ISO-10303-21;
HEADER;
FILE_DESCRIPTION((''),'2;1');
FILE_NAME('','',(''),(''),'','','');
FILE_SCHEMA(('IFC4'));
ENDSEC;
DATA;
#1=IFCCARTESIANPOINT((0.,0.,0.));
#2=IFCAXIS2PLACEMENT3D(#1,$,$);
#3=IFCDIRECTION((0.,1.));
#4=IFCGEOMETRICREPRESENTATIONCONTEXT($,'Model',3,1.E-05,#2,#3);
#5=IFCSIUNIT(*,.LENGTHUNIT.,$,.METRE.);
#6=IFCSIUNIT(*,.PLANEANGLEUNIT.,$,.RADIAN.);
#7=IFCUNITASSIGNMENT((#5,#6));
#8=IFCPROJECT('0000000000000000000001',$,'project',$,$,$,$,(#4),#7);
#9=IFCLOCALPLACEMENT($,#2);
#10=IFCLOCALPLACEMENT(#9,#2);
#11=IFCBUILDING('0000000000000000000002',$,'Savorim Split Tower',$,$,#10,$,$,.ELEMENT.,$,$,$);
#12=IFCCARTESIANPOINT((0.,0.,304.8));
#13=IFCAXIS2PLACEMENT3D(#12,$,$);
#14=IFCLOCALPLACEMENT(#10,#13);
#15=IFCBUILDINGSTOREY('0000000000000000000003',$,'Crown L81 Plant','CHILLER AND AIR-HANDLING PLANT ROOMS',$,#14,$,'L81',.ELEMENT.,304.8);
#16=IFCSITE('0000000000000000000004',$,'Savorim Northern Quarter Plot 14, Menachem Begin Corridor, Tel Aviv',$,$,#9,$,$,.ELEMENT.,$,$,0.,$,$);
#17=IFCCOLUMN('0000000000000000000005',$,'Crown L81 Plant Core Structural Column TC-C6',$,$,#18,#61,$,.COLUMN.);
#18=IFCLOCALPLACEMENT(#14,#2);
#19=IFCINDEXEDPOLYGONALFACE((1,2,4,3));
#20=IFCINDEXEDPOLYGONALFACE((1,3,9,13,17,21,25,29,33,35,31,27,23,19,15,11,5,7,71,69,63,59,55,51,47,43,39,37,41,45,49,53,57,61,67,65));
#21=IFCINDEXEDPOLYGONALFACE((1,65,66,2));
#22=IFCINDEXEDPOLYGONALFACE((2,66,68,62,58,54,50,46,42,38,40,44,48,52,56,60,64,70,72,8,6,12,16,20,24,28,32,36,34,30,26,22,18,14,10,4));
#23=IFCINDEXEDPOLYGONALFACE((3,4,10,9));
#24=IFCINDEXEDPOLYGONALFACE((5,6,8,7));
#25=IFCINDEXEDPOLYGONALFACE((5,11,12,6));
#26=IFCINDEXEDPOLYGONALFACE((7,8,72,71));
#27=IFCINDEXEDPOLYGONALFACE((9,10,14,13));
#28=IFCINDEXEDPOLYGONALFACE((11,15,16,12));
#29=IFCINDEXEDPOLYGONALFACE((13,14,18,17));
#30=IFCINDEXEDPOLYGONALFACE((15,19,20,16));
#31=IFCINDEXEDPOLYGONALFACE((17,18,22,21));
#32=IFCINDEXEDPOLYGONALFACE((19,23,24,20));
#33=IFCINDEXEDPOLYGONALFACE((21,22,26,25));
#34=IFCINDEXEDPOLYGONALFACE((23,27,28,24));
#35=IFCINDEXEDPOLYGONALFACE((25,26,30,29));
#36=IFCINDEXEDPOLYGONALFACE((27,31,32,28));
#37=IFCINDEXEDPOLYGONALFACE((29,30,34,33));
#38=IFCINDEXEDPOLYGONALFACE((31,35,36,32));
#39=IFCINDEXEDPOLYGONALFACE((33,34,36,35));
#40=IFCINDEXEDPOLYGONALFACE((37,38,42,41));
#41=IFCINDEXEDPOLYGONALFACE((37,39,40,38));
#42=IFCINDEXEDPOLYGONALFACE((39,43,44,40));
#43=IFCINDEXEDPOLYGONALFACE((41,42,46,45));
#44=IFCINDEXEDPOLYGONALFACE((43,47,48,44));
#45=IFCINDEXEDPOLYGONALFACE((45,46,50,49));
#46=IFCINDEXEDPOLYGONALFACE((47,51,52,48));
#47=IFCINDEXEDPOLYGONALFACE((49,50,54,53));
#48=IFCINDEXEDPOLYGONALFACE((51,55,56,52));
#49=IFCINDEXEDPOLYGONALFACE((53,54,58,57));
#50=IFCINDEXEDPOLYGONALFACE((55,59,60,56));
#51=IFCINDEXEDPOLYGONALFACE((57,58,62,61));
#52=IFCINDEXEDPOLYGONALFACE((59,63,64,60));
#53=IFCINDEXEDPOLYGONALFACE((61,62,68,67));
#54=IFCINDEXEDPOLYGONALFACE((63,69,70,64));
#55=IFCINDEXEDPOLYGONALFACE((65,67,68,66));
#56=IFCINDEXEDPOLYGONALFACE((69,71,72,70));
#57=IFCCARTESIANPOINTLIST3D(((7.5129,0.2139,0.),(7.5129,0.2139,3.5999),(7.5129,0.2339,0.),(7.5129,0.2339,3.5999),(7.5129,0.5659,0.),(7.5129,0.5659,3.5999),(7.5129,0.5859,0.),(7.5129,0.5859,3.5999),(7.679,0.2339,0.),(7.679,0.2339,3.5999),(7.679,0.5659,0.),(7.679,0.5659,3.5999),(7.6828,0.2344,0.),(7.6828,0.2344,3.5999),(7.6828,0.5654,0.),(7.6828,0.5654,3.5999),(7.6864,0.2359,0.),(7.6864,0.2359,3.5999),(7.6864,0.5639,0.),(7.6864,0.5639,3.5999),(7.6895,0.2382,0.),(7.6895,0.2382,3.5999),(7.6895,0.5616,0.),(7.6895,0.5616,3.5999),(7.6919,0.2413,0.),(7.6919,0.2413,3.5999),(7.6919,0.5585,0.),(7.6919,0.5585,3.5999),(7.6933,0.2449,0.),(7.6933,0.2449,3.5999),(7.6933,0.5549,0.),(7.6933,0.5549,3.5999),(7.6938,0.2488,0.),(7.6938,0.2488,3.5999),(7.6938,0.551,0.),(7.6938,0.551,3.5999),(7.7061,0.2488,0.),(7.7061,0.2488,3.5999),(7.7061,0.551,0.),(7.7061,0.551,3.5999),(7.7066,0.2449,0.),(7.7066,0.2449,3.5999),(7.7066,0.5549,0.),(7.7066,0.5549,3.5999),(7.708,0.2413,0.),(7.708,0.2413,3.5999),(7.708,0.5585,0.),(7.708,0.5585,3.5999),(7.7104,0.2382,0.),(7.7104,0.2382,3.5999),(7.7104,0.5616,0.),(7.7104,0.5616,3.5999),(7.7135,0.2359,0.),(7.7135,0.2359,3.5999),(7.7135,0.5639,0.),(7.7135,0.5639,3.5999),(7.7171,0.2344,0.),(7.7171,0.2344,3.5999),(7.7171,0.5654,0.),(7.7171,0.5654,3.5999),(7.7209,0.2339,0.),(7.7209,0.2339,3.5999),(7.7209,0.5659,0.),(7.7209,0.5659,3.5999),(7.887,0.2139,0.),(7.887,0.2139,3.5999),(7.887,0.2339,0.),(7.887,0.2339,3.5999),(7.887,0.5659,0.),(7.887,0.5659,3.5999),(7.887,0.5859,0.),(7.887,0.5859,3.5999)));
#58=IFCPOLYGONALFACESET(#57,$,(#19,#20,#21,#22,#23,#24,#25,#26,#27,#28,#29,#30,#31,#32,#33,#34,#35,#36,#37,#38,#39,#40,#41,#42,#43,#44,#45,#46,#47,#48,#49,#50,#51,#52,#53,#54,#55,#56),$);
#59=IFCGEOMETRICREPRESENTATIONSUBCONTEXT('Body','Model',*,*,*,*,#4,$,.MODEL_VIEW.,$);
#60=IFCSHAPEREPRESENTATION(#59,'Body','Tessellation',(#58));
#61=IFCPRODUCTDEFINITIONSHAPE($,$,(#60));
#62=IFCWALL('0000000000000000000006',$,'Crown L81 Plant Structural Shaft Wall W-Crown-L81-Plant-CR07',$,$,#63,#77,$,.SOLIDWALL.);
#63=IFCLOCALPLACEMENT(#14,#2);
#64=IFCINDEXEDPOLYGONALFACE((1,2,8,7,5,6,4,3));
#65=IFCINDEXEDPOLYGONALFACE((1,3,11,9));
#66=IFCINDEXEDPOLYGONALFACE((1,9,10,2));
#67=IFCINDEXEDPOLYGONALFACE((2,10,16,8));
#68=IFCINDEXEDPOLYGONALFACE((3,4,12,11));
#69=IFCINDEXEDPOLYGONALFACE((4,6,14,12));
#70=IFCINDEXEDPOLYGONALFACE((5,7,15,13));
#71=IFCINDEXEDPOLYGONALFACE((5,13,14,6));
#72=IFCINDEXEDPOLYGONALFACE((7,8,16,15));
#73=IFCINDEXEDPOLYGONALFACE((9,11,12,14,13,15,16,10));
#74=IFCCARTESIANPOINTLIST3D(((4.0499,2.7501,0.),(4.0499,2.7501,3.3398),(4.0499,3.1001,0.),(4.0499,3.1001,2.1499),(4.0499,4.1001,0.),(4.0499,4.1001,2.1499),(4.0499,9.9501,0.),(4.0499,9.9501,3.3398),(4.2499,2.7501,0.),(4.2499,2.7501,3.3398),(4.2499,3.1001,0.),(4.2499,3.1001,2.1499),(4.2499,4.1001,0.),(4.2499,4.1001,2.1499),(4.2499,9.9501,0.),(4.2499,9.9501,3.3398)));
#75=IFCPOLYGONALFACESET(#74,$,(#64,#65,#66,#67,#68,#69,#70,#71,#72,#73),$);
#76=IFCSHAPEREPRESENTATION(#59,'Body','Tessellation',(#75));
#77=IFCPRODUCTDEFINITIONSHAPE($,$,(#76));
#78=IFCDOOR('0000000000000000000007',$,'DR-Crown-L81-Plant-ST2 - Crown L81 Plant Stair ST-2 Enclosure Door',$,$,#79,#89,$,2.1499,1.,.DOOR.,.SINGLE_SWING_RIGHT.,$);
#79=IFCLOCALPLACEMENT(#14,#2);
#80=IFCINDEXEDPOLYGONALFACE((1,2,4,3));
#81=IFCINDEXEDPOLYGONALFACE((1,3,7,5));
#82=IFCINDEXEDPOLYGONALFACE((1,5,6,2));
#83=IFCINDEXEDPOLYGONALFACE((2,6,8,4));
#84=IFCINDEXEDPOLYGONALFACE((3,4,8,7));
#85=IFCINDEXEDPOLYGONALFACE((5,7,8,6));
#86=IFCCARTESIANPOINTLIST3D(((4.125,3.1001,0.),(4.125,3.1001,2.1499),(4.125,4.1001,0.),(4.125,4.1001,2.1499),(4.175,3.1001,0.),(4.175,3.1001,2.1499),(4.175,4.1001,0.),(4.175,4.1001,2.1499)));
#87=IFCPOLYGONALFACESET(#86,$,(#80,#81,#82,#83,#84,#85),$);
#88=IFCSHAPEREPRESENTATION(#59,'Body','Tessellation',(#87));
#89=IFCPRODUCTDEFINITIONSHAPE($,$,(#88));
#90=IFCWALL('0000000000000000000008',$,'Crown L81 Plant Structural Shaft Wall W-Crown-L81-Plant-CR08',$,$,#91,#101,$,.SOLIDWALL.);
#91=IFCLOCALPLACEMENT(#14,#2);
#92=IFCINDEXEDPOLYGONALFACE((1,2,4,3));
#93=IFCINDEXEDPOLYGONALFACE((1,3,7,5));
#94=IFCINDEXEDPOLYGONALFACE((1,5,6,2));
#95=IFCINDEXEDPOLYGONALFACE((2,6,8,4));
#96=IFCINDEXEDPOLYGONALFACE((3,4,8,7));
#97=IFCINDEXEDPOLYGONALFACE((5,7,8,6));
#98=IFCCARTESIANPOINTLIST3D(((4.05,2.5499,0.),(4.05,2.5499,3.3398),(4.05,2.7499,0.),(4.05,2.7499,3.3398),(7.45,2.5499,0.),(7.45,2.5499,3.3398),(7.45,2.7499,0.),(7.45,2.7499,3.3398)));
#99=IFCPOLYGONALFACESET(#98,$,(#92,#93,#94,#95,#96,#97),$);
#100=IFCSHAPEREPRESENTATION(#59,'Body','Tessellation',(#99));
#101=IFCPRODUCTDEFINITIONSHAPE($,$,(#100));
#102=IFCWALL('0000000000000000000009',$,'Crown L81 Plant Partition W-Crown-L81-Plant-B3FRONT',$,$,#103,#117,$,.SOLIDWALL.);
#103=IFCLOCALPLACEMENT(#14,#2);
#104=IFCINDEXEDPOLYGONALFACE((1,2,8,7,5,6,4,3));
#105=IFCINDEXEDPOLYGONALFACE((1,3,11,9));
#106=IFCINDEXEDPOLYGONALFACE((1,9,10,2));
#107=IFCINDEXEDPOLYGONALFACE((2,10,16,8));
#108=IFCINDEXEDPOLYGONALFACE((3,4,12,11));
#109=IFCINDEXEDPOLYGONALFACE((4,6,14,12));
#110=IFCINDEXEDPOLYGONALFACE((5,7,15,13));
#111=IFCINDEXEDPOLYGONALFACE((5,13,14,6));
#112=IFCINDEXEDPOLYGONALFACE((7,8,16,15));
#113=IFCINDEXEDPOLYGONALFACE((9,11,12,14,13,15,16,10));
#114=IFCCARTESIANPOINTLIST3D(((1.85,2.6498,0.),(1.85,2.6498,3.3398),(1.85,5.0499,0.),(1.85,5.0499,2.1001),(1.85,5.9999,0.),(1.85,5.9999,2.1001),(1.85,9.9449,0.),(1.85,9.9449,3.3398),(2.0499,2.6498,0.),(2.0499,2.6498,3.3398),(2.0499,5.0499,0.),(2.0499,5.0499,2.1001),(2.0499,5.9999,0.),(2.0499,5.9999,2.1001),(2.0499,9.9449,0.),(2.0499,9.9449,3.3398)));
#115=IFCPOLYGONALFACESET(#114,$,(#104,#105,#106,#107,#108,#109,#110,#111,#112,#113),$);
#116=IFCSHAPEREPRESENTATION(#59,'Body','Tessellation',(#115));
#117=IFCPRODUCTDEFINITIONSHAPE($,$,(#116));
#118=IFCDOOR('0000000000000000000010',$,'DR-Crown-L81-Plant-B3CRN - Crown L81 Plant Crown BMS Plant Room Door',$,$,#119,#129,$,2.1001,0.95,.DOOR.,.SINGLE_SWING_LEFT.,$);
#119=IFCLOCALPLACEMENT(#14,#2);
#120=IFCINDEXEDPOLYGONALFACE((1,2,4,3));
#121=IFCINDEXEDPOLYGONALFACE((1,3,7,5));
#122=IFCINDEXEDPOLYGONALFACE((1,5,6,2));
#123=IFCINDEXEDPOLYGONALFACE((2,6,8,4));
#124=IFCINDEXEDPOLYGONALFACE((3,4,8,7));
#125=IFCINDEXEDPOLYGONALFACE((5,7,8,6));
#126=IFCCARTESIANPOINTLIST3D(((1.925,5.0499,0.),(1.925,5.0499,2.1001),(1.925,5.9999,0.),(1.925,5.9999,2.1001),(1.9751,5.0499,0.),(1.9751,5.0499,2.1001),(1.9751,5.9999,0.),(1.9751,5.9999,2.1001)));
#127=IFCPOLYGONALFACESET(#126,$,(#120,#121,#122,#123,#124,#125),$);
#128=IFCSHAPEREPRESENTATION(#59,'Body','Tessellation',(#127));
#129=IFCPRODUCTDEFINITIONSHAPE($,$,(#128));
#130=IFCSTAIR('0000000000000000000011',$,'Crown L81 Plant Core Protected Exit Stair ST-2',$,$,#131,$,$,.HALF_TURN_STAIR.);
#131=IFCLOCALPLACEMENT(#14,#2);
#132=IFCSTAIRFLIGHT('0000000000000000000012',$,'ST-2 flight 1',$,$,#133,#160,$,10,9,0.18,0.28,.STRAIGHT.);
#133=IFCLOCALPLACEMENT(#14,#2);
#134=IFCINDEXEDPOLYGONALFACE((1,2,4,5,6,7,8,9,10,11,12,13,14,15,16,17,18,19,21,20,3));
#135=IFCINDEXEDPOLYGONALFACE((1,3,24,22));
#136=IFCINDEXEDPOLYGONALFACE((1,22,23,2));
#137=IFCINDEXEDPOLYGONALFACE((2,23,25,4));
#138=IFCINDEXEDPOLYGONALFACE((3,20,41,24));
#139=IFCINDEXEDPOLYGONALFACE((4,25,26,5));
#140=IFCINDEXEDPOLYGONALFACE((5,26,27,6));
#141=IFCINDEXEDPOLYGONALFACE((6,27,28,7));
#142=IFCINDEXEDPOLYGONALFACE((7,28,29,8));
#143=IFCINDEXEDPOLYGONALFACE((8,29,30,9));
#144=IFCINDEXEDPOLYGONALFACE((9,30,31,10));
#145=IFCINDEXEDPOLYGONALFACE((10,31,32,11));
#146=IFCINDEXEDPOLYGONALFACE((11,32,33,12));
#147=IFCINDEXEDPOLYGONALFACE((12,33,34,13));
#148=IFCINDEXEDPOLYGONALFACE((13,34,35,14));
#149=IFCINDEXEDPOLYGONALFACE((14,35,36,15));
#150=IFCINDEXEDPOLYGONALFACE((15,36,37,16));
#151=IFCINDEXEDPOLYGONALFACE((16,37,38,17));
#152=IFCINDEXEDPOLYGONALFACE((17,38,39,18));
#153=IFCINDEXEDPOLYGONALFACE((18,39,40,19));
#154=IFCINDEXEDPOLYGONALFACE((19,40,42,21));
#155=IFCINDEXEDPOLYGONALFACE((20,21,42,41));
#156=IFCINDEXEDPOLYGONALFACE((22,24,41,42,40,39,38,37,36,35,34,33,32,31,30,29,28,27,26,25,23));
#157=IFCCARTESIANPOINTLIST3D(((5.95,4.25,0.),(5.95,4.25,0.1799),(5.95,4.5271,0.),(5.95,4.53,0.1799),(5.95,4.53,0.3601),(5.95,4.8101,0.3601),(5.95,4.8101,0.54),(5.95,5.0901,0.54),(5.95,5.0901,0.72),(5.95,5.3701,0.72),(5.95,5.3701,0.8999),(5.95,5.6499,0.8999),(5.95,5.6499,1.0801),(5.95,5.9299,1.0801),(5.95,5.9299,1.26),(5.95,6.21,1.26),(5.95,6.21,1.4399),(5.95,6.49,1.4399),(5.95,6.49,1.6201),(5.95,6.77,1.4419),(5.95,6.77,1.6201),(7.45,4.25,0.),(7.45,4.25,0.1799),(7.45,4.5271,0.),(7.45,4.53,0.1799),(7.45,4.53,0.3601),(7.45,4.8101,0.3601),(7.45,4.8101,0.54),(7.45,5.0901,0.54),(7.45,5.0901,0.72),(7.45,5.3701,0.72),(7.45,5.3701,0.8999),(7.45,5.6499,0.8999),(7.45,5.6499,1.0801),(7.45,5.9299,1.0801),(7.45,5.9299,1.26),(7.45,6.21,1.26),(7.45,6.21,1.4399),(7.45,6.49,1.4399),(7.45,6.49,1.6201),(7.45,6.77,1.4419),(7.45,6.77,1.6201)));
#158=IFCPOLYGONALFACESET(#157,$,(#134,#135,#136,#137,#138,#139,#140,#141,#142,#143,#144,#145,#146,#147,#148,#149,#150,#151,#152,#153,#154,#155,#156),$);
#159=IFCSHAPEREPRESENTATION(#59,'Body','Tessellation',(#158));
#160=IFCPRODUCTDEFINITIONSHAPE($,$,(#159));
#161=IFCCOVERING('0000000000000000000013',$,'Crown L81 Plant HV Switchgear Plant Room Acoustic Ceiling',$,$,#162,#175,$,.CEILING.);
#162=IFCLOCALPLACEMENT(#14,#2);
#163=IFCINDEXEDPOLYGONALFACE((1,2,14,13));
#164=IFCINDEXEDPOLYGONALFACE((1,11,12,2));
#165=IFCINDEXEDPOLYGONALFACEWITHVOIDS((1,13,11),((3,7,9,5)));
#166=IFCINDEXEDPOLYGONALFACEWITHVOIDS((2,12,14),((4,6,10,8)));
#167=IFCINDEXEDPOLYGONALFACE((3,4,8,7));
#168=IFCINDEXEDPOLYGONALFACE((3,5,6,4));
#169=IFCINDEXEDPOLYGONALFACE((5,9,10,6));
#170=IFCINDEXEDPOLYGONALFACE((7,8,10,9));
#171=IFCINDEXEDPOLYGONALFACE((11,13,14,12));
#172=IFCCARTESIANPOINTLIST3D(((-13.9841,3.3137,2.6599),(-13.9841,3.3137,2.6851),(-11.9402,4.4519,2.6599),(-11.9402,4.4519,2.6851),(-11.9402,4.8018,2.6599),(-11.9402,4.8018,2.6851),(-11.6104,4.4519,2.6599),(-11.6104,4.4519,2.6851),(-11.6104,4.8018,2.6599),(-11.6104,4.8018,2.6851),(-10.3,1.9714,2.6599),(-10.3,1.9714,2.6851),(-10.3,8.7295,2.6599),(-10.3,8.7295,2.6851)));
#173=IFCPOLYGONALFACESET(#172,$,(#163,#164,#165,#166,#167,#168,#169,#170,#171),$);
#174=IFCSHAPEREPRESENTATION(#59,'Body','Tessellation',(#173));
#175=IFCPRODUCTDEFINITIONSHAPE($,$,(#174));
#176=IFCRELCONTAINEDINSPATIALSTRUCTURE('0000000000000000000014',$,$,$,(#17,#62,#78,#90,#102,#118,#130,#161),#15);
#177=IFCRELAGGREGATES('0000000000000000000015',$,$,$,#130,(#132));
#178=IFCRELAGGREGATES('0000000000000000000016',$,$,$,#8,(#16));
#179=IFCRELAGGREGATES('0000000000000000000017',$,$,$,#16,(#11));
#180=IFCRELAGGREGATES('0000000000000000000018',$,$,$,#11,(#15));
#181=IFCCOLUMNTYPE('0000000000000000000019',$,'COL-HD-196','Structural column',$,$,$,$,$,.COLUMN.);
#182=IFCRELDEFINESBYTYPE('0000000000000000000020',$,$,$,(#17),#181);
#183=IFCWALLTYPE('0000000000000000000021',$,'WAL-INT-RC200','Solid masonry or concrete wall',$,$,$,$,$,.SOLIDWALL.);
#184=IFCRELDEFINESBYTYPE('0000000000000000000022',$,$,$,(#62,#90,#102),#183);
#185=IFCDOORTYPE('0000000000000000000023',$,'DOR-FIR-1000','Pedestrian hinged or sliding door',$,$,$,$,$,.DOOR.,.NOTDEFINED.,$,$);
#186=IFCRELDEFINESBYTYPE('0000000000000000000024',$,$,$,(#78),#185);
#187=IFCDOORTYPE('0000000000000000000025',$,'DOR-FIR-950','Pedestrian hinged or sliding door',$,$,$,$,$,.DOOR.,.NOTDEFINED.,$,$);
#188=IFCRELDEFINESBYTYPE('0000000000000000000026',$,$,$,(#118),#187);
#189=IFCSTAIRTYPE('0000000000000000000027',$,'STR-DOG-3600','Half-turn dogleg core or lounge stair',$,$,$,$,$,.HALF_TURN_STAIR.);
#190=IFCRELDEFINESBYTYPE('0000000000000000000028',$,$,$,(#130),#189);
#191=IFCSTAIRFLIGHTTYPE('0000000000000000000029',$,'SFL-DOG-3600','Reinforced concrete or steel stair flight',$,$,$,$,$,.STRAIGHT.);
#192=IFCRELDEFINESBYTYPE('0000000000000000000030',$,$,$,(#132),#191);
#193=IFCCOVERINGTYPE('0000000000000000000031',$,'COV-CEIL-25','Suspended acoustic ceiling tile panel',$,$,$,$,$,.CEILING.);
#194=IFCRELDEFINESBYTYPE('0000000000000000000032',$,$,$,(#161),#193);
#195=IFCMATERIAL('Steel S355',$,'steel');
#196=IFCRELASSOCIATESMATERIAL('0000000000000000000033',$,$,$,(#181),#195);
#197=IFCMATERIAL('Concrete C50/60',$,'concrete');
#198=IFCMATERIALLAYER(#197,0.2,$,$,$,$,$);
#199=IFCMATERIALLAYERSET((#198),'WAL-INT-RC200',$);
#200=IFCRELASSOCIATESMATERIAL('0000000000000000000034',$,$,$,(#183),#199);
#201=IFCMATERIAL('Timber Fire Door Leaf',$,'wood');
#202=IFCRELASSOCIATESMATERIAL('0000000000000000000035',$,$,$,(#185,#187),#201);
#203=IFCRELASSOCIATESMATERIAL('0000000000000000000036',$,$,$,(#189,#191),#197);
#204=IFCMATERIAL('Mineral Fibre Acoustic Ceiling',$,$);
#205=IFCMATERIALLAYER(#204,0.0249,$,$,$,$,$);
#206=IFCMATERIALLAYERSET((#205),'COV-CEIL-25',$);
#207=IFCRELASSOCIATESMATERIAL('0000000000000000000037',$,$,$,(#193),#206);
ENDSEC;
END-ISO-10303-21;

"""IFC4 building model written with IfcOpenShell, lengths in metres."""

from ifc_helpers import new_model, si_unit, direction, frame, frame_2d, origin, origin_2d, place, context, subcontext, project, spatial, polyline, rectangle, i_section, outline, extrude, material, layer, layer_set, material_profile, profile_set, type_object, element, fill, aggregate, save


model = new_model("IFC4")

# Units and contexts
model_context = context("Model", 3, precision=1e-05, world=origin(), true_north=direction((0.0, 1.0)))
body_context = subcontext(model_context, "Body", "Model", "MODEL_VIEW")
ifc_project = project(units=[si_unit("LENGTHUNIT", "METRE"), si_unit("PLANEANGLEUNIT", "RADIAN")], contexts=[model_context])

# Site, building, storey
site_placement = place(None, origin())
site = spatial("IfcSite", under=ifc_project, at=site_placement, Name="Savorim Northern Quarter Plot 14, Menachem Begin Corridor, Tel Aviv", CompositionType="ELEMENT", RefElevation=0.0)
building_placement = place(site_placement, origin())
building = spatial("IfcBuilding", under=site, at=building_placement, Name="Savorim Split Tower", CompositionType="ELEMENT")
storey_placement = place(building_placement, frame((0.0, 0.0, 304.8)))
storey = spatial("IfcBuildingStorey", under=building, at=storey_placement, Name="Crown L81 Plant", Description="CHILLER AND AIR-HANDLING PLANT ROOMS", LongName="L81", CompositionType="ELEMENT", Elevation=304.8)

# Column
ifc_material_1 = material(Name="Steel S355", Category="steel")
ifc_material_profile = material_profile(ifc_material_1, i_section(OverallWidth=0.374, OverallDepth=0.3721, WebThickness=0.0122, FlangeThickness=0.02, FilletRadius=0.0149, at=origin_2d()), Name="HD 360x196")
ifc_profile_set = profile_set([ifc_material_profile], Name="Steel S355")
column_type = type_object("IfcColumnType", Name="COL-HD-196", Description="Structural column", PredefinedType="COLUMN", material=ifc_profile_set)
column_placement = place(storey_placement, frame((7.7, 0.3999, 0.0), z_axis=(0.0, 0.0, 1.0), x_axis=(1.0, 0.0, 0.0)))
element("IfcColumn", 1, at=column_placement, inside=storey, type_object=column_type, Name="Crown L81 Plant Core Structural Column TC-C6", PredefinedType="COLUMN", context=body_context, shape_type="SweptSolid", body=[
    extrude(i_section(OverallWidth=0.374, OverallDepth=0.3721, WebThickness=0.0122, FlangeThickness=0.02, FilletRadius=0.0149, at=origin_2d()), origin(), (0.0, 0.0, 1.0), 3.5999),
])

# Wall, opening, door
ifc_material_2 = material(Name="Concrete C50/60", Category="concrete")
ifc_layer_1 = layer(ifc_material_2, 0.2)
ifc_layer_set_1 = layer_set([ifc_layer_1], Name="WAL-INT-RC200")
wall_type = type_object("IfcWallType", Name="WAL-INT-RC200", Description="Solid masonry or concrete wall", PredefinedType="SOLIDWALL", material=ifc_layer_set_1)
wall_1_placement = place(storey_placement, frame((4.1499, 2.75, 0.0), z_axis=(0.0, 0.0, 1.0), x_axis=(0.0, 1.0, 0.0)))
wall_1 = element("IfcWall", 2, at=wall_1_placement, inside=storey, type_object=wall_type, Name="Crown L81 Plant Structural Shaft Wall W-Crown-L81-Plant-CR07", PredefinedType="SOLIDWALL", context=body_context, shape_type="SweptSolid", body=[
    extrude(rectangle(XDim=7.2, YDim=0.2, at=frame_2d((3.6001, 0.0))), origin(), (0.0, 0.0, 1.0), 3.3398),
])
opening_1_placement = place(wall_1_placement, frame((0.3501, 0.0, 0.0)))
opening_1 = element("IfcOpeningElement", 3, at=opening_1_placement, cuts=wall_1, PredefinedType="OPENING", context=body_context, shape_type="SweptSolid", body=[
    extrude(rectangle(XDim=1.0, YDim=2.1499, at=frame_2d((0.5, 1.075))), frame((0.0, 0.1099, 0.0), z_axis=(0.0, -1.0, 0.0), x_axis=(1.0, 0.0, 0.0)), (0.0, 0.0, 1.0), 0.22),
])
ifc_material_3 = material(Name="Timber Fire Door Leaf", Category="wood")
door_type_1 = type_object("IfcDoorType", Name="DOR-FIR-1000", Description="Pedestrian hinged or sliding door", OperationType="NOTDEFINED", PredefinedType="DOOR", material=ifc_material_3)
door_1_placement = place(opening_1_placement, origin())
door_1 = element("IfcDoor", 4, at=door_1_placement, inside=storey, type_object=door_type_1, Name="DR-Crown-L81-Plant-ST2 - Crown L81 Plant Stair ST-2 Enclosure Door", OperationType="SINGLE_SWING_RIGHT", OverallHeight=2.1499, OverallWidth=1.0, PredefinedType="DOOR", context=body_context, shape_type="SweptSolid", body=[
    extrude(rectangle(XDim=1.0, YDim=2.1499, at=frame_2d((0.5, 1.075))), frame((0.0, 0.0249, 0.0), z_axis=(0.0, -1.0, 0.0), x_axis=(1.0, 0.0, 0.0)), (0.0, 0.0, 1.0), 0.05),
])
fill(opening_1, door_1)

# Wall
wall_2_placement = place(storey_placement, frame((4.05, 2.6499, 0.0), z_axis=(0.0, 0.0, 1.0), x_axis=(1.0, 0.0, 0.0)))
element("IfcWall", 5, at=wall_2_placement, inside=storey, type_object=wall_type, Name="Crown L81 Plant Structural Shaft Wall W-Crown-L81-Plant-CR08", PredefinedType="SOLIDWALL", context=body_context, shape_type="SweptSolid", body=[
    extrude(rectangle(XDim=3.3999, YDim=0.2, at=frame_2d((1.7, 0.0))), origin(), (0.0, 0.0, 1.0), 3.3398),
])

# Wall, opening, door
wall_3_placement = place(storey_placement, frame((1.95, 2.6499, 0.0), z_axis=(0.0, 0.0, 1.0), x_axis=(0.0, 1.0, 0.0)))
wall_3 = element("IfcWall", 6, at=wall_3_placement, inside=storey, type_object=wall_type, Name="Crown L81 Plant Partition W-Crown-L81-Plant-B3FRONT", PredefinedType="SOLIDWALL", context=body_context, shape_type="SweptSolid", body=[
    extrude(rectangle(XDim=7.2952, YDim=0.2, at=frame_2d((3.6475, 0.0))), origin(), (0.0, 0.0, 1.0), 3.3398),
])
opening_2_placement = place(wall_3_placement, frame((2.3999, 0.0, 0.0)))
opening_2 = element("IfcOpeningElement", 7, at=opening_2_placement, cuts=wall_3, PredefinedType="OPENING", context=body_context, shape_type="SweptSolid", body=[
    extrude(rectangle(XDim=0.95, YDim=2.1001, at=frame_2d((0.4751, 1.05))), frame((0.0, 0.1099, 0.0), z_axis=(0.0, -1.0, 0.0), x_axis=(1.0, 0.0, 0.0)), (0.0, 0.0, 1.0), 0.22),
])
door_type_2 = type_object("IfcDoorType", Name="DOR-FIR-950", Description="Pedestrian hinged or sliding door", OperationType="NOTDEFINED", PredefinedType="DOOR", material=ifc_material_3)
door_2_placement = place(opening_2_placement, origin())
door_2 = element("IfcDoor", 8, at=door_2_placement, inside=storey, type_object=door_type_2, Name="DR-Crown-L81-Plant-B3CRN - Crown L81 Plant Crown BMS Plant Room Door", OperationType="SINGLE_SWING_LEFT", OverallHeight=2.1001, OverallWidth=0.95, PredefinedType="DOOR", context=body_context, shape_type="SweptSolid", body=[
    extrude(rectangle(XDim=0.95, YDim=2.1001, at=frame_2d((0.4751, 1.05))), frame((0.0, 0.0249, 0.0), z_axis=(0.0, -1.0, 0.0), x_axis=(1.0, 0.0, 0.0)), (0.0, 0.0, 1.0), 0.05),
])
fill(opening_2, door_2)

# Stair, stair flight
stair_type = type_object("IfcStairType", Name="STR-DOG-3600", Description="Half-turn dogleg core or lounge stair", PredefinedType="HALF_TURN_STAIR", material=ifc_material_2)
stair_placement = place(storey_placement, origin())
stair = element("IfcStair", 9, at=stair_placement, inside=storey, type_object=stair_type, Name="Crown L81 Plant Core Protected Exit Stair ST-2", PredefinedType="HALF_TURN_STAIR")
stair_flight_type = type_object("IfcStairFlightType", Name="SFL-DOG-3600", Description="Reinforced concrete or steel stair flight", PredefinedType="STRAIGHT", material=ifc_material_2)
stair_flight_placement = place(storey_placement, frame((6.7, 4.25, 0.0), z_axis=(0.0, 0.0, 1.0), x_axis=(0.0, 1.0, 0.0)))
stair_flight = element("IfcStairFlight", 10, at=stair_flight_placement, type_object=stair_flight_type, Name="ST-2 flight 1", NumberOfRisers=10, NumberOfTreads=9, PredefinedType="STRAIGHT", RiserHeight=0.18, TreadLength=0.28, context=body_context, shape_type="SweptSolid", body=[
    extrude(outline(polyline([(0.0, 0.0), (0.0, 0.1799), (0.28, 0.1799), (0.28, 0.3601), (0.5601, 0.3601), (0.5601, 0.54), (0.8401, 0.54), (0.8401, 0.72), (1.1201, 0.72), (1.1201, 0.8999), (1.3999, 0.8999), (1.3999, 1.0801), (1.6799, 1.0801), (1.6799, 1.26), (1.96, 1.26), (1.96, 1.4399), (2.24, 1.4399), (2.24, 1.6201), (2.52, 1.6201), (2.52, 1.8), (2.52, 1.4419), (0.2771, 0.0), (0.0, 0.0)])), frame((0.0, 0.75, 0.0), z_axis=(0.0, -1.0, 0.0), x_axis=(1.0, 0.0, 0.0)), (0.0, 0.0, 1.0), 1.5),
])
aggregate(stair, [stair_flight])

# Covering
ifc_material_4 = material(Name="Mineral Fibre Acoustic Ceiling")
ifc_layer_2 = layer(ifc_material_4, 0.0249)
ifc_layer_set_2 = layer_set([ifc_layer_2], Name="COV-CEIL-25")
covering_type_1 = type_object("IfcCoveringType", Name="COV-CEIL-25", Description="Suspended acoustic ceiling tile panel", PredefinedType="CEILING", material=ifc_layer_set_2)
covering_1_placement = place(storey_placement, frame((0.0, 0.0, 2.6599)))
element("IfcCovering", 11, at=covering_1_placement, inside=storey, type_object=covering_type_1, Name="Crown L81 Plant HV Switchgear Plant Room Acoustic Ceiling", PredefinedType="CEILING", context=body_context, shape_type="SweptSolid", body=[
    extrude(outline(polyline([(-13.9841, 3.3137), (-10.3, 1.9714), (-10.3, 8.7295), (-13.9841, 3.3137)]), holes=[polyline([(-11.6104, 4.4519), (-11.6104, 4.8018), (-11.9402, 4.8018), (-11.9402, 4.4519), (-11.6104, 4.4519)])]), origin(), (0.0, 0.0, 1.0), 0.0251),
])

save(model, "model.ifc")
